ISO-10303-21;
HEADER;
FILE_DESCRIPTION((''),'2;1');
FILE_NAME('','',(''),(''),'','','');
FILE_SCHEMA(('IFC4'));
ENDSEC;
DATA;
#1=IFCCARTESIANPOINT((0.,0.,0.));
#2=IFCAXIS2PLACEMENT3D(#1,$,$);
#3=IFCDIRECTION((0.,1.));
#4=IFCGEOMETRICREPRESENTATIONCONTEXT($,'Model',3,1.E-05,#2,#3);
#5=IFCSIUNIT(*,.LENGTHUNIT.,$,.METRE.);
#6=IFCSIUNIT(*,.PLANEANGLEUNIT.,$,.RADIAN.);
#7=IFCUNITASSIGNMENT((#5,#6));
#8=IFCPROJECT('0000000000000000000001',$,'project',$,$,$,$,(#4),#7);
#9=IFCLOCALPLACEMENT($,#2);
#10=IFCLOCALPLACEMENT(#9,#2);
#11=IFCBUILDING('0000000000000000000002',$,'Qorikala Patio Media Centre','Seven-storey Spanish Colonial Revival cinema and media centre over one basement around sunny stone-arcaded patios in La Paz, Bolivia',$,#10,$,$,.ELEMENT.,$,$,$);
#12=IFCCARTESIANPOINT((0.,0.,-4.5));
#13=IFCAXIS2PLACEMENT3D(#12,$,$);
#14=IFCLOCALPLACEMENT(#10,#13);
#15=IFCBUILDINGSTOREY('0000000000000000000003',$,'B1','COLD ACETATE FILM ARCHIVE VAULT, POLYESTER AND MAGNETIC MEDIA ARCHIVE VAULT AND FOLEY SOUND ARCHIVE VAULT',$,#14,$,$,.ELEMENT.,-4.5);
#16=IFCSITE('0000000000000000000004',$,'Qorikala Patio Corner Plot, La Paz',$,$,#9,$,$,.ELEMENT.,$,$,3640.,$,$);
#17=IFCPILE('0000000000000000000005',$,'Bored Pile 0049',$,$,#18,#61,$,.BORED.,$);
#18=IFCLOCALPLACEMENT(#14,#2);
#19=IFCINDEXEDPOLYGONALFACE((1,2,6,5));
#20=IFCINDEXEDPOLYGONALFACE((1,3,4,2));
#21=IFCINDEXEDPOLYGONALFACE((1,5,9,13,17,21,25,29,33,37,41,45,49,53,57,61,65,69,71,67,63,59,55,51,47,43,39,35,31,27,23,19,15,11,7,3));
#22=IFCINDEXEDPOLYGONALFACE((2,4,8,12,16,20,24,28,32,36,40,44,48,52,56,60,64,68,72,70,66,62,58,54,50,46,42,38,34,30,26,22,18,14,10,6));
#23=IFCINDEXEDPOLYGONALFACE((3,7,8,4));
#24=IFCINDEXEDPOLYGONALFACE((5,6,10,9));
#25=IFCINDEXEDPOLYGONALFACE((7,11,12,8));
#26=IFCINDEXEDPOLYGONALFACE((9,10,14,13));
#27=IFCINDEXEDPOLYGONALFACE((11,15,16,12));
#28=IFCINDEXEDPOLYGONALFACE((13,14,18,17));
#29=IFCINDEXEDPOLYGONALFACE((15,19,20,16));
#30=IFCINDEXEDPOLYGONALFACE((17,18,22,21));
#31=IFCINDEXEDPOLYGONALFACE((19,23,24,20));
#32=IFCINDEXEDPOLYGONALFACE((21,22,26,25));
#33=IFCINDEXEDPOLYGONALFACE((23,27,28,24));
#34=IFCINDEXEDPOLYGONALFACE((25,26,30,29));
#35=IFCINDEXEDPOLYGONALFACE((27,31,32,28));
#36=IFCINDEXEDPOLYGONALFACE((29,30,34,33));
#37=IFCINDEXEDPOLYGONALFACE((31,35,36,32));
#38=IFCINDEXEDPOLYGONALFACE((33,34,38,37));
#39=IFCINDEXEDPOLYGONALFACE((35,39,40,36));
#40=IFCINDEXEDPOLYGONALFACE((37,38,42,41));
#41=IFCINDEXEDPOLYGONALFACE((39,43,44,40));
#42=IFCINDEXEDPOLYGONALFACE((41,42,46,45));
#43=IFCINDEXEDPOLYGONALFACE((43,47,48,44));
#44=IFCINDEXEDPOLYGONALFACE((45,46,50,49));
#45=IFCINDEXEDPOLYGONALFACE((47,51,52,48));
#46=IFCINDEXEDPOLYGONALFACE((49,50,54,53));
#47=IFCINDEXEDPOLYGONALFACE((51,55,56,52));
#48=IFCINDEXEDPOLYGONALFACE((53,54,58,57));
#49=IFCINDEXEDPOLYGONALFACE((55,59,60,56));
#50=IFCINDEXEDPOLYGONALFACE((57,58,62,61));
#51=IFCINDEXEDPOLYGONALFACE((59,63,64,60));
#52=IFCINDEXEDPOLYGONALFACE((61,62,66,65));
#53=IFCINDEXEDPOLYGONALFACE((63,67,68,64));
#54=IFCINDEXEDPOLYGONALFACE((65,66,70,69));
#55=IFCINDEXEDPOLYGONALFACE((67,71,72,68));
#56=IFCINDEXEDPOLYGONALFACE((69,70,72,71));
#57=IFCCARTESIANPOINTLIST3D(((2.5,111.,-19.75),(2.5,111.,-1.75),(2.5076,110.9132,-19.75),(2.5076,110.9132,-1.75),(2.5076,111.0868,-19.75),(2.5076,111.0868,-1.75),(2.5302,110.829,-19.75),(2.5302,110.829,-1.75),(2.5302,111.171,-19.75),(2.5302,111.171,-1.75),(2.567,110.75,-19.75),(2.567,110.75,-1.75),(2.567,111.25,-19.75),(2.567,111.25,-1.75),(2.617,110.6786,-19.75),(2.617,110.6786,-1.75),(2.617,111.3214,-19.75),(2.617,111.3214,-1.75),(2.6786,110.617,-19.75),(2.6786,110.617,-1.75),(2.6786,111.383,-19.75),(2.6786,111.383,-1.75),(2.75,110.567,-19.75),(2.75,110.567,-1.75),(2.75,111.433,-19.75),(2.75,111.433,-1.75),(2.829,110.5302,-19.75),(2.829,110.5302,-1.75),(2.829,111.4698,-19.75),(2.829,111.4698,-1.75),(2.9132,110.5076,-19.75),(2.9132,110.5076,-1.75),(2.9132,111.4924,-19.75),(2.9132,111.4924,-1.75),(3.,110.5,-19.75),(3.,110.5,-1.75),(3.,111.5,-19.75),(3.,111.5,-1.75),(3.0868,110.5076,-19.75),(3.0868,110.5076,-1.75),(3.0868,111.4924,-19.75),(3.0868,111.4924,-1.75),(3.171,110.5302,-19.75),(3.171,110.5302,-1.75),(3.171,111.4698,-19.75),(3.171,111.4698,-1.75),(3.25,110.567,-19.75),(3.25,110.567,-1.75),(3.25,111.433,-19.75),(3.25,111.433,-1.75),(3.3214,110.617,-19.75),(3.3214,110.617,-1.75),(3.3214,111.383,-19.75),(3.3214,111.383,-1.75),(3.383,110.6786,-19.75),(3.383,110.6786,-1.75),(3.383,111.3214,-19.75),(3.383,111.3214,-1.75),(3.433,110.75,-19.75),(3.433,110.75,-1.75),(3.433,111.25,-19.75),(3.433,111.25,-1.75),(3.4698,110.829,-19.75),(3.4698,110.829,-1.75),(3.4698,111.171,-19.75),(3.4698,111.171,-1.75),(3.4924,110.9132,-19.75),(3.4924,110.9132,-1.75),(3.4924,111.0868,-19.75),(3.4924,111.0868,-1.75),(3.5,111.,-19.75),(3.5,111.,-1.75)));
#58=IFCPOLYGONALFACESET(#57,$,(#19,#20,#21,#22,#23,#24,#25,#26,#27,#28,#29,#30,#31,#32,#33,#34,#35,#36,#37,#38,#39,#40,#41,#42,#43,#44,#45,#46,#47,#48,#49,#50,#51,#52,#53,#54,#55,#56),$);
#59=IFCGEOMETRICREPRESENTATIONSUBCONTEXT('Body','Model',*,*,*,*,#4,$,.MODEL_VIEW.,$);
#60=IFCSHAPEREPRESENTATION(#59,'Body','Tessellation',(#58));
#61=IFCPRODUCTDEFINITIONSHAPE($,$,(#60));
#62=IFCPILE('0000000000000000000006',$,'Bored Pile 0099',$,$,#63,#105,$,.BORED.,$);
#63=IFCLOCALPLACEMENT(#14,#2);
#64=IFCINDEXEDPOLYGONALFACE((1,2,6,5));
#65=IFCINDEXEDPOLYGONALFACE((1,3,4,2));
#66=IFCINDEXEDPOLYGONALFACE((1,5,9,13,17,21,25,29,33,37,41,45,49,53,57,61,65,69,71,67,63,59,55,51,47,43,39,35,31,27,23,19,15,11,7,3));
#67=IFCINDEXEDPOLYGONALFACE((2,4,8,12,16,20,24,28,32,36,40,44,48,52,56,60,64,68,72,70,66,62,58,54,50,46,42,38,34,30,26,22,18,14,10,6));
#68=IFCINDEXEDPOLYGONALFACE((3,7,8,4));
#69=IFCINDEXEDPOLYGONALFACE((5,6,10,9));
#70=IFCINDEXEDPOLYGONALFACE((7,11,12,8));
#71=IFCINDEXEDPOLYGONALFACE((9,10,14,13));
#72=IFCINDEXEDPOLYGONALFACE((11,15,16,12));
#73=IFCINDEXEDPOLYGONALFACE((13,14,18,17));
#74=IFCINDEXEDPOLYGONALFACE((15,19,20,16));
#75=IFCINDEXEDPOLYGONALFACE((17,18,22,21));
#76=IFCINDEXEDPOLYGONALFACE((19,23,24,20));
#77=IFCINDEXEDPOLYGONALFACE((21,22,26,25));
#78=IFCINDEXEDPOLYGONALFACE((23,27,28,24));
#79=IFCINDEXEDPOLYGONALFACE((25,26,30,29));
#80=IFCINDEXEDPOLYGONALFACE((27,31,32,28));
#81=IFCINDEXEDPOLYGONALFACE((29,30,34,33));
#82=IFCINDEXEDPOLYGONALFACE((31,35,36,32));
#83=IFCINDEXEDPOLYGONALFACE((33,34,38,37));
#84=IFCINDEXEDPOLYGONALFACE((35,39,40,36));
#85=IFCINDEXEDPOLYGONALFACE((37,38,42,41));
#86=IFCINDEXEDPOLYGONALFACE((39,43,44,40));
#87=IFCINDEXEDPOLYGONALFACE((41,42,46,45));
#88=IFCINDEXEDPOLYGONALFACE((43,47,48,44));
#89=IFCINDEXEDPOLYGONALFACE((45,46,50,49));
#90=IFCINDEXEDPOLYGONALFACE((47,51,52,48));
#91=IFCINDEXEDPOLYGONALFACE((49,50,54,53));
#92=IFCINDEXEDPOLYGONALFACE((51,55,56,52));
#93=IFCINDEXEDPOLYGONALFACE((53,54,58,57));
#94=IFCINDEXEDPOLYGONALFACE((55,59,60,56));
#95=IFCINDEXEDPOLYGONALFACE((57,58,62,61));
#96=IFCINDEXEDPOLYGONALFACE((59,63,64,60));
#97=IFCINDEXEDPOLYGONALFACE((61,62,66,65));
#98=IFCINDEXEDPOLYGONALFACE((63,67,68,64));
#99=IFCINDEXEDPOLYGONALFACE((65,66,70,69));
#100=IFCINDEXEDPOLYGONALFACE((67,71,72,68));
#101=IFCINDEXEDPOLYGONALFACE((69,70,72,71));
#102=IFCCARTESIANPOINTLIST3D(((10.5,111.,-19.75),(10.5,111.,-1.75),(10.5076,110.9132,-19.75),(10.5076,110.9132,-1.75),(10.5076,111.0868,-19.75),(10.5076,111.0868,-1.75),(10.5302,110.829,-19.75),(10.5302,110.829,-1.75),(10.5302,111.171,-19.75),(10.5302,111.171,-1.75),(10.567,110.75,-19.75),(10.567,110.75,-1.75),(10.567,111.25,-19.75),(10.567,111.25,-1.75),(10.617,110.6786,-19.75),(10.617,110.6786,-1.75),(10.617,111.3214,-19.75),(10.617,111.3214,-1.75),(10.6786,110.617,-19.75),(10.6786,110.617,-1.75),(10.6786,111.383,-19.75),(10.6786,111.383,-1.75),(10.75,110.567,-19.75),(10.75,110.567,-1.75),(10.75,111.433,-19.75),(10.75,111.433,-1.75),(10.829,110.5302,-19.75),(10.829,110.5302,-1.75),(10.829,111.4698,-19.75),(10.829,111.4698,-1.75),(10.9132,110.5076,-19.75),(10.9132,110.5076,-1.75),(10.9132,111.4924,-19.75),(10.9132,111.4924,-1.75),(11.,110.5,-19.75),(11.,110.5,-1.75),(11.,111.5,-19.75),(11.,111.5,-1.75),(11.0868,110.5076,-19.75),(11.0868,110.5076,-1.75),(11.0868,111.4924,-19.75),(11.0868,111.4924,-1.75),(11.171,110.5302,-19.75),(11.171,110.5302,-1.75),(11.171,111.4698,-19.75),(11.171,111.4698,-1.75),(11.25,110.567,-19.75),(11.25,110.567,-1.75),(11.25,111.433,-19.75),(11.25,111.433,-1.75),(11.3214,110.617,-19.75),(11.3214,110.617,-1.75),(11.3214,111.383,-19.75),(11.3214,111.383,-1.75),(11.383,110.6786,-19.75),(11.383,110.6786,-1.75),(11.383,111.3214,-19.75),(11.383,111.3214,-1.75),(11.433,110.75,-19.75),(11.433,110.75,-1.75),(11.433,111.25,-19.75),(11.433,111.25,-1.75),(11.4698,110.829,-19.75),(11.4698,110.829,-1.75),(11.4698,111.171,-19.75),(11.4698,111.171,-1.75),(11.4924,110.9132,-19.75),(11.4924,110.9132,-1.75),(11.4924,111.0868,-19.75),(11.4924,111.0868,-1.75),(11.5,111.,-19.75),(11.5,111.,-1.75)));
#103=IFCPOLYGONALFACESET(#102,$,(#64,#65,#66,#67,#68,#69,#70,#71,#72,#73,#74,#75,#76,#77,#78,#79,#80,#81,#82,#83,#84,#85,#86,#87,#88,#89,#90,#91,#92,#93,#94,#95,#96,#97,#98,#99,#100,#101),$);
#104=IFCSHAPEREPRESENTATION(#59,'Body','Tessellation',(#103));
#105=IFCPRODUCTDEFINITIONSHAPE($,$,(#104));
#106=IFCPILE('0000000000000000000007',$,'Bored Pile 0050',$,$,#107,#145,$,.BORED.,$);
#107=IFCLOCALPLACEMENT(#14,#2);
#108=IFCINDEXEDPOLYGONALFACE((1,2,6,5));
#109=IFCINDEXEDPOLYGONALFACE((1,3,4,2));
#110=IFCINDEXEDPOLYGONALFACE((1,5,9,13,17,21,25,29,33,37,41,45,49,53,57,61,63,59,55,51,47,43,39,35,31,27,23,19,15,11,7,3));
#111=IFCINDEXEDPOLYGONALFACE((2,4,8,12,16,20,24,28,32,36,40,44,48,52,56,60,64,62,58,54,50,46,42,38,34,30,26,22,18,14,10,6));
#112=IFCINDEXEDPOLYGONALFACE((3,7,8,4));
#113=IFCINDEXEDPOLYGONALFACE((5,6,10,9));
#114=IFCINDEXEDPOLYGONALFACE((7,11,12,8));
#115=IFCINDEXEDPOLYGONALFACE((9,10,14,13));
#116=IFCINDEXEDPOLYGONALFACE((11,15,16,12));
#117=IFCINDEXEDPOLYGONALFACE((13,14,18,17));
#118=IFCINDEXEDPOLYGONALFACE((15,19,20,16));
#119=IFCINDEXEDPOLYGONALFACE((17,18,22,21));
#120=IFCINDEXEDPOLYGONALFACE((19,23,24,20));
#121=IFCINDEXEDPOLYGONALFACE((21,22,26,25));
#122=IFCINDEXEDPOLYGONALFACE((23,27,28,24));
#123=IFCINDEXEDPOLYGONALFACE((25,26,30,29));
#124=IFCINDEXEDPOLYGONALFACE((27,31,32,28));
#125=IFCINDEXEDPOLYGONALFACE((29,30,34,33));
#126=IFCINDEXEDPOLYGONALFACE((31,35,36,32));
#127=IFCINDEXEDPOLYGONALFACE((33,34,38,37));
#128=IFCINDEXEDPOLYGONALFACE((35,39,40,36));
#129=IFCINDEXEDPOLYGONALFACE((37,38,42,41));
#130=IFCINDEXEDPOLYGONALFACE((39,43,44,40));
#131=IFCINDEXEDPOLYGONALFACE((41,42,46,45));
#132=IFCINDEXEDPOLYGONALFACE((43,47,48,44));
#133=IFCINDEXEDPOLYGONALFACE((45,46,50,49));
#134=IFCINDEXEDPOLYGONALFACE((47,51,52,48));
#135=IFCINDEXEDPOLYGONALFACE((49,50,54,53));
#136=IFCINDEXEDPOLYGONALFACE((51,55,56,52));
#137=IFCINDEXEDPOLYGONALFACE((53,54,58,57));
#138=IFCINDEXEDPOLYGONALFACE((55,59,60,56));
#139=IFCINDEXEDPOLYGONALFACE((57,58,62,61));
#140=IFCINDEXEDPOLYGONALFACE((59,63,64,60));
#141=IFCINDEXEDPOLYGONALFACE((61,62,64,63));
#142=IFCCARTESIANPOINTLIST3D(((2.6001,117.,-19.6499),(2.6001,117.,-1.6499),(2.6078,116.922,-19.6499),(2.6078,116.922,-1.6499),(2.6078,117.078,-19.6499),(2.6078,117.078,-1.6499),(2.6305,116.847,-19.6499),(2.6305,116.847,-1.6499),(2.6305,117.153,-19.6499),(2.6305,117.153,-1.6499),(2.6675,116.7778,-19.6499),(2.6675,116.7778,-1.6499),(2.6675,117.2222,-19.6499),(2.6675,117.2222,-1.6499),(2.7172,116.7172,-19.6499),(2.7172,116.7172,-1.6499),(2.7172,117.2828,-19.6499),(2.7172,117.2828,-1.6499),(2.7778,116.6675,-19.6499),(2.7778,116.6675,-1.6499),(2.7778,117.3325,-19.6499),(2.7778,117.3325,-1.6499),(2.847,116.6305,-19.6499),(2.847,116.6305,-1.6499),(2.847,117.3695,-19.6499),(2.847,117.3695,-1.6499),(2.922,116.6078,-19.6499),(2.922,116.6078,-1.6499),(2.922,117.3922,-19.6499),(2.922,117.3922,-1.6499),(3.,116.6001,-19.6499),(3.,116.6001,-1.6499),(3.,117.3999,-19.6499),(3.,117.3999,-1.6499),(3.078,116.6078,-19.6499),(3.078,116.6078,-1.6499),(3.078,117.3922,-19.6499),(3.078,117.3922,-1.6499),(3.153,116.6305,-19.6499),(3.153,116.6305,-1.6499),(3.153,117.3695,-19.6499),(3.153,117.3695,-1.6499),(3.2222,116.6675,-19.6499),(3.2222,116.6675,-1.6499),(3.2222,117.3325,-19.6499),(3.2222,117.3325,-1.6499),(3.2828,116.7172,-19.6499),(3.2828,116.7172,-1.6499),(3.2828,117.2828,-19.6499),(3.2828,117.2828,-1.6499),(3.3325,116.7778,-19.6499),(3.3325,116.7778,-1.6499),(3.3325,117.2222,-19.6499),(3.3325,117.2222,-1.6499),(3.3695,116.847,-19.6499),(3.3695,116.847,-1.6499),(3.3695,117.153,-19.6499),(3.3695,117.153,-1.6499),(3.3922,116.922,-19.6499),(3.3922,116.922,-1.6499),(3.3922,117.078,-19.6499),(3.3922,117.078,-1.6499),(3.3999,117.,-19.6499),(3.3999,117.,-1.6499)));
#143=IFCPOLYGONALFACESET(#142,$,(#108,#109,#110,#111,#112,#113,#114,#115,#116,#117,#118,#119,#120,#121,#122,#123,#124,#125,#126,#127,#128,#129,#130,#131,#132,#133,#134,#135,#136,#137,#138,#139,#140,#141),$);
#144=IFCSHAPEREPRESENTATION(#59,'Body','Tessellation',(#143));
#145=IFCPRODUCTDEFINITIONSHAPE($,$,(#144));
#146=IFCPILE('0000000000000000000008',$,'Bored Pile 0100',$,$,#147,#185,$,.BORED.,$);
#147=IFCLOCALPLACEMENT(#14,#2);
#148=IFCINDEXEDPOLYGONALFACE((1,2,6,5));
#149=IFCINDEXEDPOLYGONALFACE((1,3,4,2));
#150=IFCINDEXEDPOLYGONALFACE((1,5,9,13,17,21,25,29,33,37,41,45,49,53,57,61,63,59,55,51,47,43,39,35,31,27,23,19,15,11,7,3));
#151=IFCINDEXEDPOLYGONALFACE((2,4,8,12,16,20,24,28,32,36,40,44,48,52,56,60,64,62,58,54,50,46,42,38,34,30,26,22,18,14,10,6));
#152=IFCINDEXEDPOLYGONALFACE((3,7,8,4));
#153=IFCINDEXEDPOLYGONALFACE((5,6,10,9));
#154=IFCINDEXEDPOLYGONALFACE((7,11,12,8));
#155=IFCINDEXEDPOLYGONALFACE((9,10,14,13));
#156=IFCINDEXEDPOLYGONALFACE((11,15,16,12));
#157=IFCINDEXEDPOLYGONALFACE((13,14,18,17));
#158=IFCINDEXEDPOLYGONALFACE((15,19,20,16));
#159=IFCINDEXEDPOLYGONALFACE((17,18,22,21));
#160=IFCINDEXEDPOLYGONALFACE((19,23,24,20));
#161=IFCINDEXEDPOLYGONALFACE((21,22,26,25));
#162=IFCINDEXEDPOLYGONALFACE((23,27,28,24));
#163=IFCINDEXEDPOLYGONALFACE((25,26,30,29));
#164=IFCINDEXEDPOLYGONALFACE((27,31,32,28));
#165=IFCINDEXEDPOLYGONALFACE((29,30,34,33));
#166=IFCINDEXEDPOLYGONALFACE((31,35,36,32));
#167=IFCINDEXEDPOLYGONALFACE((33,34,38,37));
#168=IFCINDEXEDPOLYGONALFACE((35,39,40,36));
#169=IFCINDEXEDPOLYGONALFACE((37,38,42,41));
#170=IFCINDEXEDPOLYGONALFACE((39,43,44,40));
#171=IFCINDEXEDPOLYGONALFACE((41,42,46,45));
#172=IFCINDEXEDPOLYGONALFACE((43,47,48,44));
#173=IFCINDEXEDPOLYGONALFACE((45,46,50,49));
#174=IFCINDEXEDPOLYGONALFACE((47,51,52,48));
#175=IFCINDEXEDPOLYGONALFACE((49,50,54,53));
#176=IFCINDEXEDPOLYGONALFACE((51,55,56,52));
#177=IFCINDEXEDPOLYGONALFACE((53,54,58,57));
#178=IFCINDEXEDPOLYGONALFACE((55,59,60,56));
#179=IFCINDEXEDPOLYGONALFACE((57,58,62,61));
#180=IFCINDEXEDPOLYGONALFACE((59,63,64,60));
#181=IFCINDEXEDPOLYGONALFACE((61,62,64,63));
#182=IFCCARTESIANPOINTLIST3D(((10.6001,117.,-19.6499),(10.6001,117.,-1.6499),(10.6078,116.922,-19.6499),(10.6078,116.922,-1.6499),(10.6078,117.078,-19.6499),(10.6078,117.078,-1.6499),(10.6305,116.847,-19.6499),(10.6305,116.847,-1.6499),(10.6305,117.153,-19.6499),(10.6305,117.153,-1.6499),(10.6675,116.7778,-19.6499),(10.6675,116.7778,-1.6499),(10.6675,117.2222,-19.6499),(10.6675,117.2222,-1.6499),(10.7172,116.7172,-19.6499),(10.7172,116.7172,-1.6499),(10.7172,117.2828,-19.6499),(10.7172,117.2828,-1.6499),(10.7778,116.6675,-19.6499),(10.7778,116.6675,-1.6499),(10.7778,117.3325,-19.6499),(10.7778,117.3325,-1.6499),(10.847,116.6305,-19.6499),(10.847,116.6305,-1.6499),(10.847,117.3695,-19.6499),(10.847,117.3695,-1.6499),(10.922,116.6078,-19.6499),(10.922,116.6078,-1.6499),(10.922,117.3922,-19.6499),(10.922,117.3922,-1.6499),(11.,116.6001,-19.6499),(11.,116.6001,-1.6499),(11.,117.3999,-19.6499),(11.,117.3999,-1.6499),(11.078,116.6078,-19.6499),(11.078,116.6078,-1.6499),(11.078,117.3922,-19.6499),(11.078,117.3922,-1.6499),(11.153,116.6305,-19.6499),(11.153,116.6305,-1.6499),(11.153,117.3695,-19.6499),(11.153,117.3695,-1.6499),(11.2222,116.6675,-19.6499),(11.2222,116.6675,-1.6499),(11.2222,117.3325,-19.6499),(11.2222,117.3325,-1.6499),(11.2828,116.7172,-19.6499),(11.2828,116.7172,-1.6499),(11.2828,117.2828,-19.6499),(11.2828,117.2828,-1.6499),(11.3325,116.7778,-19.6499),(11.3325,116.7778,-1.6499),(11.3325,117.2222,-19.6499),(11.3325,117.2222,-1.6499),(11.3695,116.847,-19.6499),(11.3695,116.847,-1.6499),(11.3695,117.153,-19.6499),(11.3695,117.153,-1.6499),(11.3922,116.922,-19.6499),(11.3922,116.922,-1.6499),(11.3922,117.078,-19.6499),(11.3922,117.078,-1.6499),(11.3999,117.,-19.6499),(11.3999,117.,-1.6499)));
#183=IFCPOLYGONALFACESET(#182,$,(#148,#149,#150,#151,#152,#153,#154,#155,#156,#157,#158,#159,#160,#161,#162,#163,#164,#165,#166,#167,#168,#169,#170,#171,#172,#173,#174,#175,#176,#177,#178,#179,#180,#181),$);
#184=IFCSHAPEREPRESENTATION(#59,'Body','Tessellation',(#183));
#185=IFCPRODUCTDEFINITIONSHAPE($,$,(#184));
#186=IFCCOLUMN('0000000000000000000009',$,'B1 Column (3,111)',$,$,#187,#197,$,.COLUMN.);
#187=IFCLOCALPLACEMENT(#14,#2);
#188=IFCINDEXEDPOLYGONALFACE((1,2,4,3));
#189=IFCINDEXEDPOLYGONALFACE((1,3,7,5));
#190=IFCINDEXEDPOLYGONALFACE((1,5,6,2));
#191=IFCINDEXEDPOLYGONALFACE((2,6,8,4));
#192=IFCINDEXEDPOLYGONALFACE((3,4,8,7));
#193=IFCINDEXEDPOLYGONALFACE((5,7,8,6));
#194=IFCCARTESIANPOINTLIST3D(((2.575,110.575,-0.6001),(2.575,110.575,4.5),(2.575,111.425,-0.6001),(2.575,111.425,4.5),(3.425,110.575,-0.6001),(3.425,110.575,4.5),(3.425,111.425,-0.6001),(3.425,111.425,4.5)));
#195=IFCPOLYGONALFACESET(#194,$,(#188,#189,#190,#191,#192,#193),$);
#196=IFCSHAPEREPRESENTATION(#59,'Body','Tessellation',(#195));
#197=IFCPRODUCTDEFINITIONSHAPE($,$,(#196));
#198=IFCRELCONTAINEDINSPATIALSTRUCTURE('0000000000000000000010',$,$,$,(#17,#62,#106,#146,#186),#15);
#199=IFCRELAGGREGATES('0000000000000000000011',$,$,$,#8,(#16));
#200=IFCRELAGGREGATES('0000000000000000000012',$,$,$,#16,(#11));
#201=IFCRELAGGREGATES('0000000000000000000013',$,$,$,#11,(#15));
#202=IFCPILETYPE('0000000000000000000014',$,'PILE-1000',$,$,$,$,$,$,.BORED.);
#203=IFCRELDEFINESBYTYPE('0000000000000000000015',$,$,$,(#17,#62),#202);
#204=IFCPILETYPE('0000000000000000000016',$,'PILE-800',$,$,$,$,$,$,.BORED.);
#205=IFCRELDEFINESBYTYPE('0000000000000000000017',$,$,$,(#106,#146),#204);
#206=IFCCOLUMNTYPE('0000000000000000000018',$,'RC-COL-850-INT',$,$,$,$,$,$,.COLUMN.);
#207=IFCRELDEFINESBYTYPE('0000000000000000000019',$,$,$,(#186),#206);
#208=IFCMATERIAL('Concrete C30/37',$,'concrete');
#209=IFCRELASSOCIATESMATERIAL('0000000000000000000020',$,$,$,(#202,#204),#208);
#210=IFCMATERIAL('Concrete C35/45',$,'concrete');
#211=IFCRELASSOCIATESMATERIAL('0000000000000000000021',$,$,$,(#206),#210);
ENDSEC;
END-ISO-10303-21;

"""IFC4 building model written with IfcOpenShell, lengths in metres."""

from ifc_helpers import new_model, si_unit, direction, frame, origin, origin_2d, place, context, subcontext, project, spatial, rectangle, circle, extrude, material, material_profile, profile_set, type_object, element, save


model = new_model("IFC4")

# Units and contexts
model_context = context("Model", 3, precision=1e-05, world=origin(), true_north=direction((0.0, 1.0)))
body_context = subcontext(model_context, "Body", "Model", "MODEL_VIEW")
ifc_project = project(units=[si_unit("LENGTHUNIT", "METRE"), si_unit("PLANEANGLEUNIT", "RADIAN")], contexts=[model_context])

# Site, building, storey
site_placement = place(None, origin())
site = spatial("IfcSite", under=ifc_project, at=site_placement, Name="Qorikala Patio Corner Plot, La Paz", CompositionType="ELEMENT", RefElevation=3640.0)
building_placement = place(site_placement, origin())
building = spatial("IfcBuilding", under=site, at=building_placement, Name="Qorikala Patio Media Centre", Description="Seven-storey Spanish Colonial Revival cinema and media centre over one basement around sunny stone-arcaded patios in La Paz, Bolivia", CompositionType="ELEMENT")
storey_placement = place(building_placement, frame((0.0, 0.0, -4.5)))
storey = spatial("IfcBuildingStorey", under=building, at=storey_placement, Name="B1", Description="COLD ACETATE FILM ARCHIVE VAULT, POLYESTER AND MAGNETIC MEDIA ARCHIVE VAULT AND FOLEY SOUND ARCHIVE VAULT", CompositionType="ELEMENT", Elevation=-4.5)

# Shared definitions
ifc_material_1 = material(Name="Concrete C30/37", Category="concrete")

# Piles
ifc_material_profile_1 = material_profile(ifc_material_1, circle(Radius=0.5, at=origin_2d()), Name="BORED PILE 1000")
ifc_profile_set_1 = profile_set([ifc_material_profile_1], Name="Concrete C30/37")
pile_type_1 = type_object("IfcPileType", Name="PILE-1000", PredefinedType="BORED", material=ifc_profile_set_1)
for number, where, z_axis, x_axis, name in (
    (1, (3.0, 111.0, -1.75), (0.0, 0.0, -1.0), (1.0, 0.0, 0.0), "Bored Pile 0049"),
    (2, (11.0, 111.0, -1.75), (0.0, 0.0, -1.0), (1.0, 0.0, 0.0), "Bored Pile 0099"),
):
    element("IfcPile", number, at=place(storey_placement, frame(where, z_axis=z_axis, x_axis=x_axis)), inside=storey, type_object=pile_type_1, Name=name, PredefinedType="BORED", context=body_context, shape_type="SweptSolid", body=[
        extrude(circle(Radius=0.5, at=origin_2d()), origin(), (0.0, 0.0, 1.0), 18.0),
    ])
ifc_material_profile_2 = material_profile(ifc_material_1, circle(Radius=0.3999, at=origin_2d()), Name="BORED PILE 800")
ifc_profile_set_2 = profile_set([ifc_material_profile_2], Name="Concrete C30/37")
pile_type_2 = type_object("IfcPileType", Name="PILE-800", PredefinedType="BORED", material=ifc_profile_set_2)
for number, where, z_axis, x_axis, name in (
    (3, (3.0, 117.0, -1.6499), (0.0, 0.0, -1.0), (1.0, 0.0, 0.0), "Bored Pile 0050"),
    (4, (11.0, 117.0, -1.6499), (0.0, 0.0, -1.0), (1.0, 0.0, 0.0), "Bored Pile 0100"),
):
    element("IfcPile", number, at=place(storey_placement, frame(where, z_axis=z_axis, x_axis=x_axis)), inside=storey, type_object=pile_type_2, Name=name, PredefinedType="BORED", context=body_context, shape_type="SweptSolid", body=[
        extrude(circle(Radius=0.3999, at=origin_2d()), origin(), (0.0, 0.0, 1.0), 18.0),
    ])

# Column
ifc_material_2 = material(Name="Concrete C35/45", Category="concrete")
ifc_material_profile_3 = material_profile(ifc_material_2, rectangle(XDim=0.8501, YDim=0.8501, at=origin_2d()), Name="RC 850x850")
ifc_profile_set_3 = profile_set([ifc_material_profile_3], Name="Concrete C35/45")
column_type = type_object("IfcColumnType", Name="RC-COL-850-INT", PredefinedType="COLUMN", material=ifc_profile_set_3)
for number, where, z_axis, x_axis, name in (
    (5, (3.0, 111.0, -0.6001), (0.0, 0.0, 1.0), (1.0, 0.0, 0.0), "B1 Column (3,111)"),
):
    element("IfcColumn", number, at=place(storey_placement, frame(where, z_axis=z_axis, x_axis=x_axis)), inside=storey, type_object=column_type, Name=name, PredefinedType="COLUMN", context=body_context, shape_type="SweptSolid", body=[
        extrude(rectangle(XDim=0.8501, YDim=0.8501, at=origin_2d()), origin(), (0.0, 0.0, 1.0), 5.1001),
    ])

save(model, "model.ifc")
